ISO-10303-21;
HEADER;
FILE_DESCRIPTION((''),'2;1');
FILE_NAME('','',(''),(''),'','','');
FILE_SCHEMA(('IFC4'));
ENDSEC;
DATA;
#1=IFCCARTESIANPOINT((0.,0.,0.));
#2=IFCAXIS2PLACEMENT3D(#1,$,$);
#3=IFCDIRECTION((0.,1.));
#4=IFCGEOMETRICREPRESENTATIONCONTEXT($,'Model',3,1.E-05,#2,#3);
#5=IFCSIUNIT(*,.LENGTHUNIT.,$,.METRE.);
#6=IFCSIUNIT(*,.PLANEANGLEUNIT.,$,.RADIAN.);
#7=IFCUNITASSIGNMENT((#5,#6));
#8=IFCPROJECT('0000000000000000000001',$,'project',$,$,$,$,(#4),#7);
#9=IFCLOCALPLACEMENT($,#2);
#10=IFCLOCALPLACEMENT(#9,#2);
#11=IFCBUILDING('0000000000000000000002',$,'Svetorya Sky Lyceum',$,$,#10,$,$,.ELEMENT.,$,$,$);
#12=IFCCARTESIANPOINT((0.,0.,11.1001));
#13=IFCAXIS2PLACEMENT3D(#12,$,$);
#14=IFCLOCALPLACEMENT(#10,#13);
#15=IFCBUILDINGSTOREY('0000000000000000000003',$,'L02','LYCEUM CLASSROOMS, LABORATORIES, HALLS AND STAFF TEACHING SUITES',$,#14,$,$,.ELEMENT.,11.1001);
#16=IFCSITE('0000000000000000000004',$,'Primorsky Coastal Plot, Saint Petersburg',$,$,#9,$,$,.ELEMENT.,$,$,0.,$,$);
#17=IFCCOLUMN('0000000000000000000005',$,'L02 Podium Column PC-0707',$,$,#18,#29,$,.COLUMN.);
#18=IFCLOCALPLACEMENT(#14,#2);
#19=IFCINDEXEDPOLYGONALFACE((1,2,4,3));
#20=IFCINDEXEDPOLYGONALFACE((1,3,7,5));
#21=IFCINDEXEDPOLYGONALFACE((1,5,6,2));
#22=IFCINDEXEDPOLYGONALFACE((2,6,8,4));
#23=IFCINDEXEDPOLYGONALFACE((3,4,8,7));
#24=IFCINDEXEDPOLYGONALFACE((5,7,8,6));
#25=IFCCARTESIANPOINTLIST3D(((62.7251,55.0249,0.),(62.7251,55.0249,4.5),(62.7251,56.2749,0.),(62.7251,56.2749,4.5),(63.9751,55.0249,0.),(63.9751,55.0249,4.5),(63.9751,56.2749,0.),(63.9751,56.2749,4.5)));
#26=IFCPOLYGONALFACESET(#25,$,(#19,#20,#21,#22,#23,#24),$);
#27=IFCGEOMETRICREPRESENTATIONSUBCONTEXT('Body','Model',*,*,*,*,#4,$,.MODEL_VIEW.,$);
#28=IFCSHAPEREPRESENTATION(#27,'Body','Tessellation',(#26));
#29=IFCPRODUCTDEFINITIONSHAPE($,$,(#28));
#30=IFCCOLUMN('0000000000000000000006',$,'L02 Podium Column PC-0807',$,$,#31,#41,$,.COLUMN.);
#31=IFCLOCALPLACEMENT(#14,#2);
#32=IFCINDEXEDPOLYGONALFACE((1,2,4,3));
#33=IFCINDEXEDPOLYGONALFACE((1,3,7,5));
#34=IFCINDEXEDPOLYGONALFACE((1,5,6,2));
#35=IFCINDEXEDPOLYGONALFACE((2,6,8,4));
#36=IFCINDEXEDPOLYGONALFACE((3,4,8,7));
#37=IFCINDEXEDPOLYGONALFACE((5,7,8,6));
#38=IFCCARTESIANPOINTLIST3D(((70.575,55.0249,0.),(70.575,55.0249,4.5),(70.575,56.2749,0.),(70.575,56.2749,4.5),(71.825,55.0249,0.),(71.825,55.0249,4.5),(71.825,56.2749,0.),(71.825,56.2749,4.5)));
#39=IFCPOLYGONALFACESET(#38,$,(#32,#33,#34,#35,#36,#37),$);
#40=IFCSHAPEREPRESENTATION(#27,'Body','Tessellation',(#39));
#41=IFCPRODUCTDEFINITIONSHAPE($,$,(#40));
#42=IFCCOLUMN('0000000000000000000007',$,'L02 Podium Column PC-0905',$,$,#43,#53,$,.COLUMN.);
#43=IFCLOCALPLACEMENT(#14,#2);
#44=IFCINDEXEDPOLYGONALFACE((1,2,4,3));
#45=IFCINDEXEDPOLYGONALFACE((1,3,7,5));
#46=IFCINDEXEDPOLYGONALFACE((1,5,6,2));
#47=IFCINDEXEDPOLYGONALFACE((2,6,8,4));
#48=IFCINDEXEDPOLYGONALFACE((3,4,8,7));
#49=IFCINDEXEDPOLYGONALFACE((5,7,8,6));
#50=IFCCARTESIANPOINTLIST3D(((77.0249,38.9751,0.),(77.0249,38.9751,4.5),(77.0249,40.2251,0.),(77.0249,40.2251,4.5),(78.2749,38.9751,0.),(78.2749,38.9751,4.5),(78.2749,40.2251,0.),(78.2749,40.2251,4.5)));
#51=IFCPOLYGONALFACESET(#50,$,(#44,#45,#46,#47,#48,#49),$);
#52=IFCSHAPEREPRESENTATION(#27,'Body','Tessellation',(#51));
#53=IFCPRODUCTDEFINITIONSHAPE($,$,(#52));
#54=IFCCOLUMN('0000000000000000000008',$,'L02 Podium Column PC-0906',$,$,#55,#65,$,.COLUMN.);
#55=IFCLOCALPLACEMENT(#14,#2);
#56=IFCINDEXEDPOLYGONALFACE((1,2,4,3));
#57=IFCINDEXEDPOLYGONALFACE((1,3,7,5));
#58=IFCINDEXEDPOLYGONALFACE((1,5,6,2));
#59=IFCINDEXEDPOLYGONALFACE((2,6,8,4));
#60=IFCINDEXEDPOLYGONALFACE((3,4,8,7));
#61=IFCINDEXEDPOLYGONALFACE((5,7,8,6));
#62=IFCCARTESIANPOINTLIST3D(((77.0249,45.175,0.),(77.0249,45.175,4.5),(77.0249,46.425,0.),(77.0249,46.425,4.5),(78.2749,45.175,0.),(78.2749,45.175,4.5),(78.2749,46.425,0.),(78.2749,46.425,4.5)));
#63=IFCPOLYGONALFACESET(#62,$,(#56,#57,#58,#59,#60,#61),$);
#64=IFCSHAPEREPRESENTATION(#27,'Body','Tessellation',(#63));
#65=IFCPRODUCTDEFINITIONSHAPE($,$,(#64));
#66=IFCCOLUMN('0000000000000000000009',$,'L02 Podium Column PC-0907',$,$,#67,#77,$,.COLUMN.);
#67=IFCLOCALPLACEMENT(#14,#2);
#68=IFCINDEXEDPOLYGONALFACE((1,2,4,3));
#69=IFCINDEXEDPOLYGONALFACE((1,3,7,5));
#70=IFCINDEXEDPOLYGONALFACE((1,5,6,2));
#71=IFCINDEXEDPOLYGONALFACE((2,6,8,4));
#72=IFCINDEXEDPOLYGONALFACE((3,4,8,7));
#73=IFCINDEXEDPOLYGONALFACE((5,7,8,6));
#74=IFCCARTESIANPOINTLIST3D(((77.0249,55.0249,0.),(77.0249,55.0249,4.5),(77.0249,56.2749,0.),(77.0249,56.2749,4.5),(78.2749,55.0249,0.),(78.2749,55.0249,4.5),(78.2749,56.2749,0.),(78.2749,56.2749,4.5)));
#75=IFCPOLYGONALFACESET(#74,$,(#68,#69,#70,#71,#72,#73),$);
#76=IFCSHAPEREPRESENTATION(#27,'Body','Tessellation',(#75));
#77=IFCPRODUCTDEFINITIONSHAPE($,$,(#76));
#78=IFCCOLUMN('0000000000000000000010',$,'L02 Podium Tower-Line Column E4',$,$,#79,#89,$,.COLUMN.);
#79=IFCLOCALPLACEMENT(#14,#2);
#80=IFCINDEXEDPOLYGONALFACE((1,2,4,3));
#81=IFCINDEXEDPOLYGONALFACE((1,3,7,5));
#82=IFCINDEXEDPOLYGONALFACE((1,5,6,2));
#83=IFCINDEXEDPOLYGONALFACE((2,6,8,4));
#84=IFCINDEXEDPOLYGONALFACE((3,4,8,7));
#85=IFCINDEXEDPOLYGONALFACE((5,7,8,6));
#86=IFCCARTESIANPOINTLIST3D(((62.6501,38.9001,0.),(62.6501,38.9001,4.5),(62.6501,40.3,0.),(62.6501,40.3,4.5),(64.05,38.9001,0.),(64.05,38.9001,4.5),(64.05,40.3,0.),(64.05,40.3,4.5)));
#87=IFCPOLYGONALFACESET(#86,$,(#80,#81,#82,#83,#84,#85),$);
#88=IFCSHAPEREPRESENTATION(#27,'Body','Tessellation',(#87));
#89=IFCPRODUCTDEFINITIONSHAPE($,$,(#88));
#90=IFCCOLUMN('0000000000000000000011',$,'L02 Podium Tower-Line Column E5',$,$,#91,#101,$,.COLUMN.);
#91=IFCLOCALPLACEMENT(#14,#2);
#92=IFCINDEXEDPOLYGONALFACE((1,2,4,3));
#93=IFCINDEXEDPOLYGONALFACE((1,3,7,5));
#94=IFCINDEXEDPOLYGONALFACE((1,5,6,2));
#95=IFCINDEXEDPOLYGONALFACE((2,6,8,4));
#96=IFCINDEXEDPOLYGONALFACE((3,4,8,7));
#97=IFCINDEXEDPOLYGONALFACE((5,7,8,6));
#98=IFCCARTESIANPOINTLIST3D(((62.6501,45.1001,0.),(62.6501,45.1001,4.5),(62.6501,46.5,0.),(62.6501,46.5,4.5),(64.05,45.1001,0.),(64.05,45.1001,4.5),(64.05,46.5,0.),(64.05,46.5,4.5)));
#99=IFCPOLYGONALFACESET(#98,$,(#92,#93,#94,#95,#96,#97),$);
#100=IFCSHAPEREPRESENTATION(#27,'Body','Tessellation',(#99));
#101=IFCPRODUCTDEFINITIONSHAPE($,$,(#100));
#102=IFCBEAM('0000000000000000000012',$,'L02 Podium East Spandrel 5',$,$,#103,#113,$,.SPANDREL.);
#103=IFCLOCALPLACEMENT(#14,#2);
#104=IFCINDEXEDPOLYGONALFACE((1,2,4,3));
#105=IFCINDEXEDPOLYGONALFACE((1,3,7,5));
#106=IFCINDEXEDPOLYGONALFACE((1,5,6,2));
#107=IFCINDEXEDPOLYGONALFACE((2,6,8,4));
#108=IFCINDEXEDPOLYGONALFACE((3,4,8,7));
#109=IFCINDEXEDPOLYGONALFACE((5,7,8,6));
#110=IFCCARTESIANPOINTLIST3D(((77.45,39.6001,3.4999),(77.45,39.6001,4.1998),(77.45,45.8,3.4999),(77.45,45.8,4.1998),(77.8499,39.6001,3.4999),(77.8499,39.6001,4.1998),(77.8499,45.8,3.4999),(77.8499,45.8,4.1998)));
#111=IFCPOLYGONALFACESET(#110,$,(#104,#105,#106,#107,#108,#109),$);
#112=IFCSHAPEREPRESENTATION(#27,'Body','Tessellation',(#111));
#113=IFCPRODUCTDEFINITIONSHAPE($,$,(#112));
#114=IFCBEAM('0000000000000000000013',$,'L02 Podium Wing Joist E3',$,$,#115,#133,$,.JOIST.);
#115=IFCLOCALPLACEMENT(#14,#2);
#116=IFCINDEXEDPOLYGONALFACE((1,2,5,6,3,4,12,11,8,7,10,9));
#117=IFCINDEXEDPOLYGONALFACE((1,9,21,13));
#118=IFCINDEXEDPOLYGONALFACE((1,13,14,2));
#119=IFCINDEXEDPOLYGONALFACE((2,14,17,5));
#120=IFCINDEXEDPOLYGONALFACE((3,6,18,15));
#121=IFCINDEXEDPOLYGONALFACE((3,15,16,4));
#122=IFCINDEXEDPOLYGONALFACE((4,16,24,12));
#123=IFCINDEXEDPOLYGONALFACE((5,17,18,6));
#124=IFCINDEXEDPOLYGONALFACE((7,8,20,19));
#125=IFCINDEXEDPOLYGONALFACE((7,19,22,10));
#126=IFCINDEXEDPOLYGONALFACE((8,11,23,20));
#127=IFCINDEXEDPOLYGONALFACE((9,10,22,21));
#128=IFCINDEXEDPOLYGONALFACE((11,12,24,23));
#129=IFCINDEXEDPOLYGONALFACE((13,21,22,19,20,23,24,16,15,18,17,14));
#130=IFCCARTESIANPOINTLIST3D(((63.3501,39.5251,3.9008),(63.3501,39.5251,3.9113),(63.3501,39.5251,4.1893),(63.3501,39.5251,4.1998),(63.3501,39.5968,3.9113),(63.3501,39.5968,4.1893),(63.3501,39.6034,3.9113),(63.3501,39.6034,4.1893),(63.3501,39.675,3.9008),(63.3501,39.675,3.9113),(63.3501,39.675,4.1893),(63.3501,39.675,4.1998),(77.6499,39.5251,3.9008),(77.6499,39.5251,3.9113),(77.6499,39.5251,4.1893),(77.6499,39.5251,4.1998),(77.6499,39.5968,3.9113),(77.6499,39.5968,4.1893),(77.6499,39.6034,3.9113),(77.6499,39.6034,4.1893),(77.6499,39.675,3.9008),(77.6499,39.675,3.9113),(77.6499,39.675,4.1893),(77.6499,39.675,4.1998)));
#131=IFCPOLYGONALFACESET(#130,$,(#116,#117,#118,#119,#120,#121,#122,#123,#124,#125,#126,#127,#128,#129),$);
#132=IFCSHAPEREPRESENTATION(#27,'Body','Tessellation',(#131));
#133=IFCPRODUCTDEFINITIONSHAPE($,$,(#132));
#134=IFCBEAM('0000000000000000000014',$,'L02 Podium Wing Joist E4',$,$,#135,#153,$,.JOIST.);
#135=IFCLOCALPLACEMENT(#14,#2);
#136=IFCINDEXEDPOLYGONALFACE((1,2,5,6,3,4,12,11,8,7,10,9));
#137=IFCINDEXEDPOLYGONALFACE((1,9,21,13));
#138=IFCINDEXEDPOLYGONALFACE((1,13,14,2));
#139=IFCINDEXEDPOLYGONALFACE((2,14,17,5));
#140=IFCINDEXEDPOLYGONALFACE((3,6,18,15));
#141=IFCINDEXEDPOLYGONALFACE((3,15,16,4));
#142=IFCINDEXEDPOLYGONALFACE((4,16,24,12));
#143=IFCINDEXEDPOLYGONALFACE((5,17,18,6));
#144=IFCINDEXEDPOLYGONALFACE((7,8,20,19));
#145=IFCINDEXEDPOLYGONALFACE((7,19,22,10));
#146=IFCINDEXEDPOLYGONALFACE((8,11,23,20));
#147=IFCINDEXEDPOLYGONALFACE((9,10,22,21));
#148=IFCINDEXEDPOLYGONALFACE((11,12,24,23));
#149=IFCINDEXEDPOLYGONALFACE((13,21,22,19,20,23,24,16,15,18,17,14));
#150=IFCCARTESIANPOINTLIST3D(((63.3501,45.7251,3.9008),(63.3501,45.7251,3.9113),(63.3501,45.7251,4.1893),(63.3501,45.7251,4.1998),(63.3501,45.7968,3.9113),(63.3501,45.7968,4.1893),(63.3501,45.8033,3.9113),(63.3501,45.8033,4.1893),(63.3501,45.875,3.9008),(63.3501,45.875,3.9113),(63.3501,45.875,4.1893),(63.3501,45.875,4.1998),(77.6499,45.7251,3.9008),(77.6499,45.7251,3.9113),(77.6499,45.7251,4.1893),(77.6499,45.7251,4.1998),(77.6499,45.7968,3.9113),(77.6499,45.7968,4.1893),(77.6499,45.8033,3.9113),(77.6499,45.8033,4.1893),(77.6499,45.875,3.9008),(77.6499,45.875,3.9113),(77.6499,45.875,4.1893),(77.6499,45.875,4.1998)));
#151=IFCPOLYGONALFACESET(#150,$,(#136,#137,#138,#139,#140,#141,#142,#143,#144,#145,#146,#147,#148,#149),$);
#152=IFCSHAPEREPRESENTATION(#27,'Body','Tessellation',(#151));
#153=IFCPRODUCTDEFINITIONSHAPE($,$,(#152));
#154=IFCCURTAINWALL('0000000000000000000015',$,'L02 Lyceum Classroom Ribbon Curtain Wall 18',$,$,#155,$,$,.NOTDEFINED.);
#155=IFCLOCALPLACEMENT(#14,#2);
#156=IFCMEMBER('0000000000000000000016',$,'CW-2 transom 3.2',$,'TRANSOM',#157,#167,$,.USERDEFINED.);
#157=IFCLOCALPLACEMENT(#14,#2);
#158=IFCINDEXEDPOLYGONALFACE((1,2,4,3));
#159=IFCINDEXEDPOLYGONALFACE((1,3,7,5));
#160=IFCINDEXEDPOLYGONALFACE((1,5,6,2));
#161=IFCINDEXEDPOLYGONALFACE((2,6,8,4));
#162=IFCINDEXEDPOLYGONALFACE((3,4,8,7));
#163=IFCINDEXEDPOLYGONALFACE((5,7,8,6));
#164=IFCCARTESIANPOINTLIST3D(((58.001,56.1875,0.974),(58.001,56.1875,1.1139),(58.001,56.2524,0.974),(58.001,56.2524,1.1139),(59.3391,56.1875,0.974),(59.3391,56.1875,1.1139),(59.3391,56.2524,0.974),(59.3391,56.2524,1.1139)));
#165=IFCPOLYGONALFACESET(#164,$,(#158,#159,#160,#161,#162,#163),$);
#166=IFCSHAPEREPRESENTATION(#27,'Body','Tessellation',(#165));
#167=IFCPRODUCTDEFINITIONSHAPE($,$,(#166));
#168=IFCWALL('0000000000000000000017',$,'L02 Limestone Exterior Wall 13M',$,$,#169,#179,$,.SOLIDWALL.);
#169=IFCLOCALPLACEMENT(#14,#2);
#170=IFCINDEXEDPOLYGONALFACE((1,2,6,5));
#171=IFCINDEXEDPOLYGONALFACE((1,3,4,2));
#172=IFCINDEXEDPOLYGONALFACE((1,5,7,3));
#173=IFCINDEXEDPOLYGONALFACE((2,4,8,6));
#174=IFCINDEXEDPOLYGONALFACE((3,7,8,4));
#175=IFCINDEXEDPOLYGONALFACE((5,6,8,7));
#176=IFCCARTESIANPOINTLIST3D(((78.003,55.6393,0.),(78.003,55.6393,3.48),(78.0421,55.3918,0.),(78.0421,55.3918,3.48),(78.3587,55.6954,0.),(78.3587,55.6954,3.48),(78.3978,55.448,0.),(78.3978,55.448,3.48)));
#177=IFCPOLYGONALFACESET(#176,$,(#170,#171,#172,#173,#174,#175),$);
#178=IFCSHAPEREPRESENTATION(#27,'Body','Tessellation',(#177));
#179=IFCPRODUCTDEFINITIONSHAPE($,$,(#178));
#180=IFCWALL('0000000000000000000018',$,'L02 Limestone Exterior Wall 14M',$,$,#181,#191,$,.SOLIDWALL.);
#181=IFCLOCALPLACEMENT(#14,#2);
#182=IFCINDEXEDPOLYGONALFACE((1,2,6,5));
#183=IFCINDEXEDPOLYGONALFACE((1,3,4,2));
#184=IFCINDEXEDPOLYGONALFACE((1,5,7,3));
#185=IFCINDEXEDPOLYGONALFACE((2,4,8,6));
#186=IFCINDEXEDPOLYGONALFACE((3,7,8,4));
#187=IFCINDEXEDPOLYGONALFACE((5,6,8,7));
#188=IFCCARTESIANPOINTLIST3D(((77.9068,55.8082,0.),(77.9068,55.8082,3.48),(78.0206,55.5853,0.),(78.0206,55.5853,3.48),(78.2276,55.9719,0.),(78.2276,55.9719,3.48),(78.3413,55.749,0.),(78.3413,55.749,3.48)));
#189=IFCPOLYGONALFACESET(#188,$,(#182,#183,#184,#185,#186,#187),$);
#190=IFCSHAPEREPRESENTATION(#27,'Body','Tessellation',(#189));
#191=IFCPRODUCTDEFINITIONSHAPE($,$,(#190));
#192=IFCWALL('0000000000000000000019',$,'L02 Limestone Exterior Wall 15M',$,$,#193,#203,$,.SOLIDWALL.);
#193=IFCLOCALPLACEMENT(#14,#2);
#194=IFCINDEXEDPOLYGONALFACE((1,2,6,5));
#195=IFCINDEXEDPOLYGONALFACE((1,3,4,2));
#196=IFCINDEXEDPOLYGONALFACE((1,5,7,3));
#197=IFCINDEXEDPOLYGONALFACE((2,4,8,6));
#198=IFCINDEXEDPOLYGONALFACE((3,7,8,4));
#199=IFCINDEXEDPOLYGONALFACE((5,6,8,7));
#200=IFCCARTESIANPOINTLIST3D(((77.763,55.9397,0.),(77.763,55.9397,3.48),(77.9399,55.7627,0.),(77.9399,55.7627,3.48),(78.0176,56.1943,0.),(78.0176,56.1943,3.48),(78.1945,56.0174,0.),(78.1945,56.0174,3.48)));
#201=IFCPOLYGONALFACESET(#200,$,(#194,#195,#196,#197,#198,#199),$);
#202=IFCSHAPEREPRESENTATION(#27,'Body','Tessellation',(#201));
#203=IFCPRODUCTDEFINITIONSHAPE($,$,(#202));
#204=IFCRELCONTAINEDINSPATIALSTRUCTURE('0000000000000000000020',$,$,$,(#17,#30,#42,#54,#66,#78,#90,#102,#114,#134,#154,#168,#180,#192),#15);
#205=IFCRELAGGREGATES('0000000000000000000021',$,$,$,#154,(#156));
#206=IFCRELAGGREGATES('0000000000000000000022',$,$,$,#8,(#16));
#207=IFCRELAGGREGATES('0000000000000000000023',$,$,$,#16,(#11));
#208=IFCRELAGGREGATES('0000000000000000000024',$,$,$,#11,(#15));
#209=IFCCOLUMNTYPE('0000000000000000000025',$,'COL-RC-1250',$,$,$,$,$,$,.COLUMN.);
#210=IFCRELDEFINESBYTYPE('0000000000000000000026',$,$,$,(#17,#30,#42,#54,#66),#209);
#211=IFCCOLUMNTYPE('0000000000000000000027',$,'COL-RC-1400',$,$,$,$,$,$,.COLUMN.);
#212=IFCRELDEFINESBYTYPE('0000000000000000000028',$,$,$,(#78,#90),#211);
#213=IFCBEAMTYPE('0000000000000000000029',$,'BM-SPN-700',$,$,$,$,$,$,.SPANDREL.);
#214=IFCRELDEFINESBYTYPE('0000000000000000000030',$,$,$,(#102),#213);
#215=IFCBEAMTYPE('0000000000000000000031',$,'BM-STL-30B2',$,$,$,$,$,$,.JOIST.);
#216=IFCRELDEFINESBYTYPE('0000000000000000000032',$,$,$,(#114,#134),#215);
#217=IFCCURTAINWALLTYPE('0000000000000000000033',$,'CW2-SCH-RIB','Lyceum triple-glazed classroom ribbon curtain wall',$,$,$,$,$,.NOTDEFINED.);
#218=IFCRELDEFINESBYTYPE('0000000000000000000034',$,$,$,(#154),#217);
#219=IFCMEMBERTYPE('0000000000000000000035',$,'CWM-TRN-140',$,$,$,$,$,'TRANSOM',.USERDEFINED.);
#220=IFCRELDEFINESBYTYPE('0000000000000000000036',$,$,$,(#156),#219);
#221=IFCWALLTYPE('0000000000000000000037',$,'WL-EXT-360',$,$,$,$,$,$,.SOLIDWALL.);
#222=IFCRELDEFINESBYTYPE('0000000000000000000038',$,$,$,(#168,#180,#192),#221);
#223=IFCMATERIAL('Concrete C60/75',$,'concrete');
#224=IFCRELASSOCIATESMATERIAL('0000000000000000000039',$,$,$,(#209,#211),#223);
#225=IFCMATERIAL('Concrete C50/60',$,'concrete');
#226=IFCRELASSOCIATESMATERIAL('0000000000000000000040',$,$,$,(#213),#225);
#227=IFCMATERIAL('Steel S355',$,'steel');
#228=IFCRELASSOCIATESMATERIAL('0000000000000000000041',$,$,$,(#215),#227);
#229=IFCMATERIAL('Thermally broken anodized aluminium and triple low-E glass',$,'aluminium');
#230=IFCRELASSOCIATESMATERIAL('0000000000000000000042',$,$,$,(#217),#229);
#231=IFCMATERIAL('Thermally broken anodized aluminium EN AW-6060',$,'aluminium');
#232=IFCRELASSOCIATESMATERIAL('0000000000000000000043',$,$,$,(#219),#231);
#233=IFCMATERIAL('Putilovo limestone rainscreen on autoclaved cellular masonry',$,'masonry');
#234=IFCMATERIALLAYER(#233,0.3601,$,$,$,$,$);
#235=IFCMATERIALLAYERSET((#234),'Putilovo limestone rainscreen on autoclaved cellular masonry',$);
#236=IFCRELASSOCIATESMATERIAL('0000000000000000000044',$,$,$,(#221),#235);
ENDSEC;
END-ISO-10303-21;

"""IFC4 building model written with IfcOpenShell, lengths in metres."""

from ifc_helpers import new_model, si_unit, direction, frame, frame_2d, origin, origin_2d, place, context, subcontext, project, spatial, rectangle, i_section, extrude, material, layer, layer_set, material_profile, profile_set, type_object, element, aggregate, save


model = new_model("IFC4")

# Units and contexts
model_context = context("Model", 3, precision=1e-05, world=origin(), true_north=direction((0.0, 1.0)))
body_context = subcontext(model_context, "Body", "Model", "MODEL_VIEW")
ifc_project = project(units=[si_unit("LENGTHUNIT", "METRE"), si_unit("PLANEANGLEUNIT", "RADIAN")], contexts=[model_context])

# Site, building, storey
site_placement = place(None, origin())
site = spatial("IfcSite", under=ifc_project, at=site_placement, Name="Primorsky Coastal Plot, Saint Petersburg", CompositionType="ELEMENT", RefElevation=0.0)
building_placement = place(site_placement, origin())
building = spatial("IfcBuilding", under=site, at=building_placement, Name="Svetorya Sky Lyceum", CompositionType="ELEMENT")
storey_placement = place(building_placement, frame((0.0, 0.0, 11.1001)))
storey = spatial("IfcBuildingStorey", under=building, at=storey_placement, Name="L02", Description="LYCEUM CLASSROOMS, LABORATORIES, HALLS AND STAFF TEACHING SUITES", CompositionType="ELEMENT", Elevation=11.1001)

# Columns
ifc_material_1 = material(Name="Concrete C60/75", Category="concrete")
ifc_material_profile_1 = material_profile(ifc_material_1, rectangle(XDim=1.25, YDim=1.25, at=origin_2d()), Name="RC COL 1250x1250")
ifc_profile_set_1 = profile_set([ifc_material_profile_1], Name="Concrete C60/75")
column_type_1 = type_object("IfcColumnType", Name="COL-RC-1250", PredefinedType="COLUMN", material=ifc_profile_set_1)
for number, where, z_axis, x_axis, name in (
    (1, (63.3501, 55.6499, 0.0), (0.0, 0.0, 1.0), (1.0, 0.0, 0.0), "L02 Podium Column PC-0707"),
    (2, (71.2, 55.6499, 0.0), (0.0, 0.0, 1.0), (1.0, 0.0, 0.0), "L02 Podium Column PC-0807"),
    (3, (77.6499, 39.6001, 0.0), (0.0, 0.0, 1.0), (1.0, 0.0, 0.0), "L02 Podium Column PC-0905"),
    (4, (77.6499, 45.8, 0.0), (0.0, 0.0, 1.0), (1.0, 0.0, 0.0), "L02 Podium Column PC-0906"),
    (5, (77.6499, 55.6499, 0.0), (0.0, 0.0, 1.0), (1.0, 0.0, 0.0), "L02 Podium Column PC-0907"),
):
    element("IfcColumn", number, at=place(storey_placement, frame(where, z_axis=z_axis, x_axis=x_axis)), inside=storey, type_object=column_type_1, Name=name, PredefinedType="COLUMN", context=body_context, shape_type="SweptSolid", body=[
        extrude(rectangle(XDim=1.25, YDim=1.25, at=origin_2d()), origin(), (0.0, 0.0, 1.0), 4.5),
    ])
ifc_material_profile_2 = material_profile(ifc_material_1, rectangle(XDim=1.3999, YDim=1.3999, at=origin_2d()), Name="RC COL 1400x1400")
ifc_profile_set_2 = profile_set([ifc_material_profile_2], Name="Concrete C60/75")
column_type_2 = type_object("IfcColumnType", Name="COL-RC-1400", PredefinedType="COLUMN", material=ifc_profile_set_2)
for number, where, z_axis, x_axis, name in (
    (6, (63.3501, 39.6001, 0.0), (0.0, 0.0, 1.0), (1.0, 0.0, 0.0), "L02 Podium Tower-Line Column E4"),
    (7, (63.3501, 45.8, 0.0), (0.0, 0.0, 1.0), (1.0, 0.0, 0.0), "L02 Podium Tower-Line Column E5"),
):
    element("IfcColumn", number, at=place(storey_placement, frame(where, z_axis=z_axis, x_axis=x_axis)), inside=storey, type_object=column_type_2, Name=name, PredefinedType="COLUMN", context=body_context, shape_type="SweptSolid", body=[
        extrude(rectangle(XDim=1.3999, YDim=1.3999, at=origin_2d()), origin(), (0.0, 0.0, 1.0), 4.5),
    ])

# Beams
ifc_material_2 = material(Name="Concrete C50/60", Category="concrete")
ifc_material_profile_3 = material_profile(ifc_material_2, rectangle(XDim=0.3999, YDim=0.7, at=origin_2d()), Name="RC SPANDREL 400x700")
ifc_profile_set_3 = profile_set([ifc_material_profile_3], Name="Concrete C50/60")
beam_type_1 = type_object("IfcBeamType", Name="BM-SPN-700", PredefinedType="SPANDREL", material=ifc_profile_set_3)
beam_placement = place(storey_placement, frame((77.6499, 39.6001, 3.8499), z_axis=(0.0, 1.0, 0.0), x_axis=(-1.0, 0.0, 0.0)))
element("IfcBeam", 8, at=beam_placement, inside=storey, type_object=beam_type_1, Name="L02 Podium East Spandrel 5", PredefinedType="SPANDREL", context=body_context, shape_type="SweptSolid", body=[
    extrude(rectangle(XDim=0.3999, YDim=0.7, at=origin_2d()), origin(), (0.0, 0.0, 1.0), 6.2),
])
ifc_material_3 = material(Name="Steel S355", Category="steel")
ifc_material_profile_4 = material_profile(ifc_material_3, i_section(OverallWidth=0.1499, OverallDepth=0.2991, WebThickness=0.0066, FlangeThickness=0.0105, at=origin_2d()), Name="GOST 30B2")
ifc_profile_set_4 = profile_set([ifc_material_profile_4], Name="Steel S355")
beam_type_2 = type_object("IfcBeamType", Name="BM-STL-30B2", PredefinedType="JOIST", material=ifc_profile_set_4)
for number, where, z_axis, x_axis, name in (
    (9, (63.3501, 39.6001, 4.0503), (1.0, 0.0, 0.0), (0.0, 1.0, 0.0), "L02 Podium Wing Joist E3"),
    (10, (63.3501, 45.8, 4.0503), (1.0, 0.0, 0.0), (0.0, 1.0, 0.0), "L02 Podium Wing Joist E4"),
):
    element("IfcBeam", number, at=place(storey_placement, frame(where, z_axis=z_axis, x_axis=x_axis)), inside=storey, type_object=beam_type_2, Name=name, PredefinedType="JOIST", context=body_context, shape_type="SweptSolid", body=[
        extrude(i_section(OverallWidth=0.1499, OverallDepth=0.2991, WebThickness=0.0066, FlangeThickness=0.0105, at=origin_2d()), origin(), (0.0, 0.0, 1.0), 14.2998),
    ])

# Curtain wall, member
ifc_material_4 = material(Name="Thermally broken anodized aluminium and triple low-E glass", Category="aluminium")
curtain_wall_type = type_object("IfcCurtainWallType", Name="CW2-SCH-RIB", Description="Lyceum triple-glazed classroom ribbon curtain wall", PredefinedType="NOTDEFINED", material=ifc_material_4)
curtain_wall_placement = place(storey_placement, origin())
curtain_wall = element("IfcCurtainWall", 11, at=curtain_wall_placement, inside=storey, type_object=curtain_wall_type, Name="L02 Lyceum Classroom Ribbon Curtain Wall 18", PredefinedType="NOTDEFINED")
ifc_material_5 = material(Name="Thermally broken anodized aluminium EN AW-6060", Category="aluminium")
ifc_material_profile_5 = material_profile(ifc_material_5, rectangle(XDim=0.0649, YDim=0.1399, at=origin_2d()), Name="ALU TRANSOM 65x140")
ifc_profile_set_5 = profile_set([ifc_material_profile_5], Name="Thermally broken anodized aluminium EN AW-6060")
member_type = type_object("IfcMemberType", Name="CWM-TRN-140", ElementType="TRANSOM", PredefinedType="USERDEFINED", material=ifc_profile_set_5)
member_placement = place(storey_placement, frame((59.3391, 56.22, 1.0439), z_axis=(-1.0, 0.0, 0.0), x_axis=(0.0, -1.0, 0.0)))
member = element("IfcMember", 12, at=member_placement, type_object=member_type, Name="CW-2 transom 3.2", ObjectType="TRANSOM", PredefinedType="USERDEFINED", context=body_context, shape_type="SweptSolid", body=[
    extrude(rectangle(XDim=0.0649, YDim=0.1399, at=origin_2d()), origin(), (0.0, 0.0, 1.0), 1.3381),
])
aggregate(curtain_wall, [member])

# Walls
ifc_material_6 = material(Name="Putilovo limestone rainscreen on autoclaved cellular masonry", Category="masonry")
ifc_layer_1 = layer(ifc_material_6, 0.3601)
ifc_layer_set_1 = layer_set([ifc_layer_1], Name="Putilovo limestone rainscreen on autoclaved cellular masonry")
wall_type_1 = type_object("IfcWallType", Name="WL-EXT-360", PredefinedType="SOLIDWALL", material=ifc_layer_set_1)
wall_1_placement = place(storey_placement, frame((78.22, 55.4199, 0.0), z_axis=(0.0, 0.0, 1.0), x_axis=(-0.156013, 0.987755, 0.0)))
element("IfcWall", 13, at=wall_1_placement, inside=storey, type_object=wall_type_1, Name="L02 Limestone Exterior Wall 13M", PredefinedType="SOLIDWALL", context=body_context, shape_type="SweptSolid", body=[
    extrude(rectangle(XDim=0.2505, YDim=0.3601, at=frame_2d((0.1252, 0.0))), origin(), (0.0, 0.0, 1.0), 3.48),
])
for number, where, z_axis, x_axis, name in (
    (14, (78.1809, 55.6672, 0.0), (0.0, 0.0, 1.0), (-0.454613, 0.890689, 0.0), "L02 Limestone Exterior Wall 14M"),
    (15, (78.0671, 55.8901, 0.0), (0.0, 0.0, 1.0), (-0.707107, 0.707107, 0.0), "L02 Limestone Exterior Wall 15M"),
):
    element("IfcWall", number, at=place(storey_placement, frame(where, z_axis=z_axis, x_axis=x_axis)), inside=storey, type_object=wall_type_1, Name=name, PredefinedType="SOLIDWALL", context=body_context, shape_type="SweptSolid", body=[
        extrude(rectangle(XDim=0.2502, YDim=0.3601, at=frame_2d((0.125, 0.0))), origin(), (0.0, 0.0, 1.0), 3.48),
    ])

save(model, "model.ifc")
